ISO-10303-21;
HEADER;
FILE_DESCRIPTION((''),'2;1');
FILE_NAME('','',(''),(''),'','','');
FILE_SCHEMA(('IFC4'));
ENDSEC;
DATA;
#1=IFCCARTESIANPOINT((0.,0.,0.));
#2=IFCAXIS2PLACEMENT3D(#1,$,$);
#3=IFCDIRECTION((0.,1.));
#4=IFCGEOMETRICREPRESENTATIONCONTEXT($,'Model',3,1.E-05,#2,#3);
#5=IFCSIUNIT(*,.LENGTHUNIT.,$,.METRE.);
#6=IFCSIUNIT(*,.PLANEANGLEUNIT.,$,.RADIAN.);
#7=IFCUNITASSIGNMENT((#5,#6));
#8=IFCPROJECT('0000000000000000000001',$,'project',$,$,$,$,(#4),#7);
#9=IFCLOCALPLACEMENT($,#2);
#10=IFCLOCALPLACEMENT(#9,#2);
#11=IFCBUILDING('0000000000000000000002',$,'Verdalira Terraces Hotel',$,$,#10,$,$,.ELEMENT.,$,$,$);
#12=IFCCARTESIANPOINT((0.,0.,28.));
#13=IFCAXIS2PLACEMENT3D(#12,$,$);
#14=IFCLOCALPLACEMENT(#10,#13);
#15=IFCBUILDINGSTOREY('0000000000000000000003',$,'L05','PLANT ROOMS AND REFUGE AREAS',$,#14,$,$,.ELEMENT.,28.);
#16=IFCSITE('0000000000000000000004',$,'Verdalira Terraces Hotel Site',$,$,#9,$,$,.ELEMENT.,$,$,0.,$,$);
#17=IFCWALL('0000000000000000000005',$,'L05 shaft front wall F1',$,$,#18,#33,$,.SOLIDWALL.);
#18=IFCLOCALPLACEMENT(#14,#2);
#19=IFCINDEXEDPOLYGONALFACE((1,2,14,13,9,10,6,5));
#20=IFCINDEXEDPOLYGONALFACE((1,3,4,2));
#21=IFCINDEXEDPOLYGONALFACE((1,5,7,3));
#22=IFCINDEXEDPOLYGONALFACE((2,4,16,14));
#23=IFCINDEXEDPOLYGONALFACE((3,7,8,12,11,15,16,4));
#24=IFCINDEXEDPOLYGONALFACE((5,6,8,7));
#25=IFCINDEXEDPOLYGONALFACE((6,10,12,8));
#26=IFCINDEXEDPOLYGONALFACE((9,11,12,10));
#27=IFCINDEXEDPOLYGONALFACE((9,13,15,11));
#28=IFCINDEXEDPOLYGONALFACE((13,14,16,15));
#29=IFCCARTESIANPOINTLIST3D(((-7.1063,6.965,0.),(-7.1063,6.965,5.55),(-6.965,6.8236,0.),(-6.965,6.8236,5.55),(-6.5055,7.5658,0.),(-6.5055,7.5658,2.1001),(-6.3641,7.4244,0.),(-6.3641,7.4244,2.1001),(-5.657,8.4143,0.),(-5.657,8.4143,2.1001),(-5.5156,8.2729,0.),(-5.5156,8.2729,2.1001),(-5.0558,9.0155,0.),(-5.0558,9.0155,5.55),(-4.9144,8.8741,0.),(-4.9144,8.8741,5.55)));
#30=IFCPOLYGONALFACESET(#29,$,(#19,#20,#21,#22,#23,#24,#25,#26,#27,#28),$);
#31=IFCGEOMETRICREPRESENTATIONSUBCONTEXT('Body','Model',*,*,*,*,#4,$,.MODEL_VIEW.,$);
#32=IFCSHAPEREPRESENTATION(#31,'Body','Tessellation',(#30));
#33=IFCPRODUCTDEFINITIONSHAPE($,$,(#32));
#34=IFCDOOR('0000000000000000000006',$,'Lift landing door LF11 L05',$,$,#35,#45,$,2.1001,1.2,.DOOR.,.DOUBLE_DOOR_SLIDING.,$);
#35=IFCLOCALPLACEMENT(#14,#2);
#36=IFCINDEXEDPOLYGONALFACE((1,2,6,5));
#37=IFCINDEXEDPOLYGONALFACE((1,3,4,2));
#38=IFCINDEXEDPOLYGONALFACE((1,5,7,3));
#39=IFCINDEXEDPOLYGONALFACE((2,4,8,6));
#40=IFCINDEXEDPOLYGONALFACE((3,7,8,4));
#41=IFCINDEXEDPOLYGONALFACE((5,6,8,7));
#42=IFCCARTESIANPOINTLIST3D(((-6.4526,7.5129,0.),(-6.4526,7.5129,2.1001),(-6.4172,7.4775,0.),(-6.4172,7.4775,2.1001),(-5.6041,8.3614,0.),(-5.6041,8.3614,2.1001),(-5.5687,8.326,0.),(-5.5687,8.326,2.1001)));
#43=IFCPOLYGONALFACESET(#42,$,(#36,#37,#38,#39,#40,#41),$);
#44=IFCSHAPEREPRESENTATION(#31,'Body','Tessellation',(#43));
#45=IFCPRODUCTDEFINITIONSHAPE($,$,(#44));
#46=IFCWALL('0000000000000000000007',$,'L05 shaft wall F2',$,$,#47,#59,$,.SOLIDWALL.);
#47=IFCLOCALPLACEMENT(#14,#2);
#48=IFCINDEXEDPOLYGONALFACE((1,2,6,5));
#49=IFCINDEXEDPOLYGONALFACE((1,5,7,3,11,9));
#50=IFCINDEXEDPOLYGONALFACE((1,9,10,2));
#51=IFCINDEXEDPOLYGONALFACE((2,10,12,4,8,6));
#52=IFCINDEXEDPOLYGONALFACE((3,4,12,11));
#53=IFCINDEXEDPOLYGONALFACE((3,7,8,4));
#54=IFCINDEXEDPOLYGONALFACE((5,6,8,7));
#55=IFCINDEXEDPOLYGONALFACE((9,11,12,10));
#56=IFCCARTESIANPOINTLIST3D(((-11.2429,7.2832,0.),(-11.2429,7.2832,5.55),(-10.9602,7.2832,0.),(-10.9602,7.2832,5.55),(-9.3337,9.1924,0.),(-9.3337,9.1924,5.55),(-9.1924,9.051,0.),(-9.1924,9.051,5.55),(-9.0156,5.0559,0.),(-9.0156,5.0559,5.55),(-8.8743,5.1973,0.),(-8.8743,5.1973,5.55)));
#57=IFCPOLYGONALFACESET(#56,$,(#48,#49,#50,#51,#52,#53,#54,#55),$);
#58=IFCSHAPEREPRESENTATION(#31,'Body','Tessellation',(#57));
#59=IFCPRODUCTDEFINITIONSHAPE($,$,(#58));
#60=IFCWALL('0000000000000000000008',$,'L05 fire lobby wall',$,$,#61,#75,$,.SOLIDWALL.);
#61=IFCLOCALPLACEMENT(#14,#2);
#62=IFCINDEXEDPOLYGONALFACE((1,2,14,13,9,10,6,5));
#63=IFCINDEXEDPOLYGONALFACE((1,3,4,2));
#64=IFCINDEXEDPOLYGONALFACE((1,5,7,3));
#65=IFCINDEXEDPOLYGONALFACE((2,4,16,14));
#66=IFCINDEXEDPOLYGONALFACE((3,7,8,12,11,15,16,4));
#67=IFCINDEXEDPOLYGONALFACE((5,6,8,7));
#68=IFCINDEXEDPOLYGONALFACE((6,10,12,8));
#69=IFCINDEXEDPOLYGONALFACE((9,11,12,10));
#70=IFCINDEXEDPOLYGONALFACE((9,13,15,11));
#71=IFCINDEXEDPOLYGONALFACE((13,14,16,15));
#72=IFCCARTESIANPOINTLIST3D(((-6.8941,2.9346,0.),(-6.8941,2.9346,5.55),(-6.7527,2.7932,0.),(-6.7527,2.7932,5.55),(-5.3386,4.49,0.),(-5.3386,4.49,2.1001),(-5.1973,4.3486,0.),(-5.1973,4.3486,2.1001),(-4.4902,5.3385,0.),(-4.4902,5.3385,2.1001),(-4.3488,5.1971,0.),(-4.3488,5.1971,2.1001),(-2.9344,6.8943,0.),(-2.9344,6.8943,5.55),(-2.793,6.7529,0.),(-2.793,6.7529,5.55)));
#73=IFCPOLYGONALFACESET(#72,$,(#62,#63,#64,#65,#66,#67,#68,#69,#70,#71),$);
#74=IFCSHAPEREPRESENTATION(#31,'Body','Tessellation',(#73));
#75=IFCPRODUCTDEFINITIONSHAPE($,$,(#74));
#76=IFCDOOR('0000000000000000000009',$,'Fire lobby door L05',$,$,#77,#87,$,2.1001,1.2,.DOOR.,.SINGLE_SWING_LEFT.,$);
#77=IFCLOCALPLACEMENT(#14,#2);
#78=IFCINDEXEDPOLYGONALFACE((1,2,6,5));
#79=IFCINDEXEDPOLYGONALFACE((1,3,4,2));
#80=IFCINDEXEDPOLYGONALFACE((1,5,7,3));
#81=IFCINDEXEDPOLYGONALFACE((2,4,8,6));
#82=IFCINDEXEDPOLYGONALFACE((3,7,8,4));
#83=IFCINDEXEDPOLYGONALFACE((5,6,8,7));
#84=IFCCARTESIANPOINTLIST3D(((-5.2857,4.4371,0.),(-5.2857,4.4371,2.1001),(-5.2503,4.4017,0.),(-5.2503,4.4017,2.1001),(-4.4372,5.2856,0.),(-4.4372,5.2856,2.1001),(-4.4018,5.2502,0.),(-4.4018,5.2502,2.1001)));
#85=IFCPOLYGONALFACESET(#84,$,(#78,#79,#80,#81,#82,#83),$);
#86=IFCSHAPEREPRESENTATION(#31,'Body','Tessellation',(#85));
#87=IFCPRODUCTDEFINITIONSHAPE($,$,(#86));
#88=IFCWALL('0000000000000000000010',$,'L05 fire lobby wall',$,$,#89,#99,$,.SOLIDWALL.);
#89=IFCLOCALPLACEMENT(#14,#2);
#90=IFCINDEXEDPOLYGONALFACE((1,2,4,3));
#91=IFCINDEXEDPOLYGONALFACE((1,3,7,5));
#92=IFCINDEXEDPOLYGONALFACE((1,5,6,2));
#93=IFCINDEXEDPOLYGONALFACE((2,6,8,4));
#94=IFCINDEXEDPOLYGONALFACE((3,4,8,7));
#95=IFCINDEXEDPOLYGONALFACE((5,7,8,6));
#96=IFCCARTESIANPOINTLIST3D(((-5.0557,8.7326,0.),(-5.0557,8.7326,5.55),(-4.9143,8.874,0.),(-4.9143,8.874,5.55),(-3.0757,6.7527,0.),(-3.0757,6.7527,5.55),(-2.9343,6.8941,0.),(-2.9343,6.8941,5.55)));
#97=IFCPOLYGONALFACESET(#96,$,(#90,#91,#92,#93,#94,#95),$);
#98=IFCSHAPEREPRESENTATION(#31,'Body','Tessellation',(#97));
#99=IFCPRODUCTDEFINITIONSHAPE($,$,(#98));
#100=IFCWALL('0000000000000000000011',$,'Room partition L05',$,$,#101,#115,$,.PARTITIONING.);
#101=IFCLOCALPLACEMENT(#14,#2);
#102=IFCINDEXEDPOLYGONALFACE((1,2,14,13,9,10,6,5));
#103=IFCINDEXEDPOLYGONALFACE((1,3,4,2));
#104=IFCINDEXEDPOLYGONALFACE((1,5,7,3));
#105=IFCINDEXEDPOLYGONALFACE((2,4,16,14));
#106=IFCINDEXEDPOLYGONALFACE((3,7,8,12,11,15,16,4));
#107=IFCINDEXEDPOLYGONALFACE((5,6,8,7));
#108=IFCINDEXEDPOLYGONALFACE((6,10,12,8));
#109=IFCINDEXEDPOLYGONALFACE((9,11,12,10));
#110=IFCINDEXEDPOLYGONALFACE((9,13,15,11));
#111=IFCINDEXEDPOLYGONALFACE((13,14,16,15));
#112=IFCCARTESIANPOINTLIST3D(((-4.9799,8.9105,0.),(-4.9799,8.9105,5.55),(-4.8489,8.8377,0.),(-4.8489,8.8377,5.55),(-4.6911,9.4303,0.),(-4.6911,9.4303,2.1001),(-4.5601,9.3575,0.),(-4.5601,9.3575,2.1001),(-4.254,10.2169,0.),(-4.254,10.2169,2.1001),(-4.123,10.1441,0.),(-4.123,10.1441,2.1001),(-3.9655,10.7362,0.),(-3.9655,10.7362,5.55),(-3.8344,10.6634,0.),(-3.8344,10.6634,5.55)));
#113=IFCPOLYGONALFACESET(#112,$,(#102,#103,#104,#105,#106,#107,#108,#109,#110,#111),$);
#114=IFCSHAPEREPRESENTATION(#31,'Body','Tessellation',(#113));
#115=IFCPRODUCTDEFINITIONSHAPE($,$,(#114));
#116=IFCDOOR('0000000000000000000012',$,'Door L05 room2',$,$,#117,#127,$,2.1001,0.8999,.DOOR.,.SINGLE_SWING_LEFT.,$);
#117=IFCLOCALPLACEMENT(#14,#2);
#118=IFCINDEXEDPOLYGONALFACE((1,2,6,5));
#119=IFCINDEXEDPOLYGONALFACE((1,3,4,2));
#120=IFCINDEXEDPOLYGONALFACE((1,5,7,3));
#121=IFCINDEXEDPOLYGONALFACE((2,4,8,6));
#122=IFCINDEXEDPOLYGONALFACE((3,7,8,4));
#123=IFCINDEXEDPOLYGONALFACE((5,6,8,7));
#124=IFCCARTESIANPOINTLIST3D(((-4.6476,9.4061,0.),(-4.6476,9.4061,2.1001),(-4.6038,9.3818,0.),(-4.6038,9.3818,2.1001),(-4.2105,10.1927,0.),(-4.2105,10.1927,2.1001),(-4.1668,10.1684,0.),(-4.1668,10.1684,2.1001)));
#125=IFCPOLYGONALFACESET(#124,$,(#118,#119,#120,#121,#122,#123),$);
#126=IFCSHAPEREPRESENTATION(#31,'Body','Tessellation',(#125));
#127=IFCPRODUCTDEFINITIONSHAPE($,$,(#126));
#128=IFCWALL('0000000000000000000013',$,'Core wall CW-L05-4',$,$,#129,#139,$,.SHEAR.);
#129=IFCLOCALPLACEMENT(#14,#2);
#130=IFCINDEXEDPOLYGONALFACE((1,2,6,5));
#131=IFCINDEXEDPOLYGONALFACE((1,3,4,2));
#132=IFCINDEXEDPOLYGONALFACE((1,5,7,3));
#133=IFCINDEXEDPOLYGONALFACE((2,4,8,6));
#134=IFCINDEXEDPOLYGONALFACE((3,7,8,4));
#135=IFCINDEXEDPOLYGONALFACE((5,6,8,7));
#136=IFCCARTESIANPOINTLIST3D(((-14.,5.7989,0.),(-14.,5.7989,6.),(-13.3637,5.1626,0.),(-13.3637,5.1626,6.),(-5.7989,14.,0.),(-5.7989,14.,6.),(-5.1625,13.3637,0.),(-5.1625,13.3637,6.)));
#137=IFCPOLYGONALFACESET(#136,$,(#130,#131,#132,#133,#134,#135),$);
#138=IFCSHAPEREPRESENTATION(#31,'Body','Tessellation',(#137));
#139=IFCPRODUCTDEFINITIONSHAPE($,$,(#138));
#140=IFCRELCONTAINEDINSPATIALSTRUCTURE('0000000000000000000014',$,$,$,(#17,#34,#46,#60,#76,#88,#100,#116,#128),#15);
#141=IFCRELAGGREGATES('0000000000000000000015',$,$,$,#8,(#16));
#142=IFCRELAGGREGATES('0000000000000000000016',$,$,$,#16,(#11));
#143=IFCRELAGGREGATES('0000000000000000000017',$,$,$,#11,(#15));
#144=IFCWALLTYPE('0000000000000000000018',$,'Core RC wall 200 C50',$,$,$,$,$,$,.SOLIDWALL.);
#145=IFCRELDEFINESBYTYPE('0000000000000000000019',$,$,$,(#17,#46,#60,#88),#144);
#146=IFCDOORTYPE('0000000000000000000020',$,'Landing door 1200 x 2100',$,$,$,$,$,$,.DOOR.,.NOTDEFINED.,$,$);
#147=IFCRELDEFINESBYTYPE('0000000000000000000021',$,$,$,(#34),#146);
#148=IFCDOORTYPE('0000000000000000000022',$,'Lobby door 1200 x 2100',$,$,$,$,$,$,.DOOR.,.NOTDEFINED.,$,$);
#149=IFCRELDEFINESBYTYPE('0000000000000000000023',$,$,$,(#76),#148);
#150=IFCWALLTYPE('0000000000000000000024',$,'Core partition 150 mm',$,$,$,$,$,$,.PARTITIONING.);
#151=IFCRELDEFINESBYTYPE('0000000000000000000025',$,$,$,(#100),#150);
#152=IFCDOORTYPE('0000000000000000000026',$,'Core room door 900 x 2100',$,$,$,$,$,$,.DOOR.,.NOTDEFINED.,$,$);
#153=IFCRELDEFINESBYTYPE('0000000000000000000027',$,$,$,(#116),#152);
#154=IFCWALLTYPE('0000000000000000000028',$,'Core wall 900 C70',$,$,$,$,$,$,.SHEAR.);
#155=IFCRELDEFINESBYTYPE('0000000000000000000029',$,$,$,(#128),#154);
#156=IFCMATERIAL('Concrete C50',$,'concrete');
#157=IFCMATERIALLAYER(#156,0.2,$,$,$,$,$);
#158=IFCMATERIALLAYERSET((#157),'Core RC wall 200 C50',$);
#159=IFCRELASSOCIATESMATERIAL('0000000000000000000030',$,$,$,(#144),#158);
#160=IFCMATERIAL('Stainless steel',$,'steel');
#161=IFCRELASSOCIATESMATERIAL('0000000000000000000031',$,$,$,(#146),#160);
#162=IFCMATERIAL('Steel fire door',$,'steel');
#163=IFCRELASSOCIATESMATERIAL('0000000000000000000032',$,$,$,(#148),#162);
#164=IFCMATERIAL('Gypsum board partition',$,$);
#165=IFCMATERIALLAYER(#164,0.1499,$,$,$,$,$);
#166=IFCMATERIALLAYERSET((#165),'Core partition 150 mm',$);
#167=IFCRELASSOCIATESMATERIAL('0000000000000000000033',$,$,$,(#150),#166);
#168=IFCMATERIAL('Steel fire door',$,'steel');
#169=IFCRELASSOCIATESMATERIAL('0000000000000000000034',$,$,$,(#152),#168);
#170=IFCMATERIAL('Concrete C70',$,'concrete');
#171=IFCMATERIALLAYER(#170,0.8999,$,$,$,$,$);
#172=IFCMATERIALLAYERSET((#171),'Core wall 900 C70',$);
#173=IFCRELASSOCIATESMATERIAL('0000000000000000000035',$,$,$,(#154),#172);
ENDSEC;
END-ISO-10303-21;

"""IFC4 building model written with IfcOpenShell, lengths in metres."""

from ifc_helpers import new_model, si_unit, direction, frame, frame_2d, origin, place, context, subcontext, project, spatial, polyline, rectangle, outline, extrude, material, layer, layer_set, type_object, element, fill, save


model = new_model("IFC4")

# Units and contexts
model_context = context("Model", 3, precision=1e-05, world=origin(), true_north=direction((0.0, 1.0)))
body_context = subcontext(model_context, "Body", "Model", "MODEL_VIEW")
ifc_project = project(units=[si_unit("LENGTHUNIT", "METRE"), si_unit("PLANEANGLEUNIT", "RADIAN")], contexts=[model_context])

# Site, building, storey
site_placement = place(None, origin())
site = spatial("IfcSite", under=ifc_project, at=site_placement, Name="Verdalira Terraces Hotel Site", CompositionType="ELEMENT", RefElevation=0.0)
building_placement = place(site_placement, origin())
building = spatial("IfcBuilding", under=site, at=building_placement, Name="Verdalira Terraces Hotel", CompositionType="ELEMENT")
storey_placement = place(building_placement, frame((0.0, 0.0, 28.0)))
storey = spatial("IfcBuildingStorey", under=building, at=storey_placement, Name="L05", Description="PLANT ROOMS AND REFUGE AREAS", CompositionType="ELEMENT", Elevation=28.0)

# Shared definitions
ifc_material_1 = material(Name="Concrete C50", Category="concrete")
ifc_layer_1 = layer(ifc_material_1, 0.2)
ifc_layer_set_1 = layer_set([ifc_layer_1], Name="Core RC wall 200 C50")
wall_type_1 = type_object("IfcWallType", Name="Core RC wall 200 C50", PredefinedType="SOLIDWALL", material=ifc_layer_set_1)

# Wall, opening, door
wall_1_placement = place(storey_placement, frame((-4.9851, 8.9448, 0.0), z_axis=(0.0, 0.0, 1.0), x_axis=(-0.707107, -0.707107, 0.0)))
wall_1 = element("IfcWall", 1, at=wall_1_placement, inside=storey, type_object=wall_type_1, Name="L05 shaft front wall F1", PredefinedType="SOLIDWALL", context=body_context, shape_type="SweptSolid", body=[
    extrude(rectangle(XDim=2.8999, YDim=0.2, at=frame_2d((1.45, 0.0))), origin(), (0.0, 0.0, 1.0), 5.55),
])
opening_1_placement = place(wall_1_placement, frame((0.8501, 0.0, 0.0)))
opening_1 = element("IfcOpeningElement", 2, at=opening_1_placement, cuts=wall_1, PredefinedType="OPENING", context=body_context, shape_type="SweptSolid", body=[
    extrude(rectangle(XDim=1.2, YDim=2.1001, at=frame_2d((0.6001, 1.05))), frame((0.0, 0.1099, 0.0), z_axis=(0.0, -1.0, 0.0), x_axis=(1.0, 0.0, 0.0)), (0.0, 0.0, 1.0), 0.22),
])
ifc_material_2 = material(Name="Stainless steel", Category="steel")
door_type_1 = type_object("IfcDoorType", Name="Landing door 1200 x 2100", OperationType="NOTDEFINED", PredefinedType="DOOR", material=ifc_material_2)
door_1_placement = place(opening_1_placement, origin())
door_1 = element("IfcDoor", 3, at=door_1_placement, inside=storey, type_object=door_type_1, Name="Lift landing door LF11 L05", OperationType="DOUBLE_DOOR_SLIDING", OverallHeight=2.1001, OverallWidth=1.2, PredefinedType="DOOR", context=body_context, shape_type="SweptSolid", body=[
    extrude(rectangle(XDim=1.2, YDim=2.1001, at=frame_2d((0.6001, 1.05))), frame((0.0, 0.0249, 0.0), z_axis=(0.0, -1.0, 0.0), x_axis=(1.0, 0.0, 0.0)), (0.0, 0.0, 1.0), 0.05),
])
fill(opening_1, door_1)

# Wall
wall_2_placement = place(storey_placement, origin())
element("IfcWall", 4, at=wall_2_placement, inside=storey, type_object=wall_type_1, Name="L05 shaft wall F2", PredefinedType="SOLIDWALL", context=body_context, shape_type="SweptSolid", body=[
    extrude(outline(polyline([(-11.2429, 7.2832), (-9.3337, 9.1924), (-9.1924, 9.051), (-10.9602, 7.2832), (-8.8743, 5.1973), (-9.0156, 5.0559), (-11.2429, 7.2832)])), origin(), (0.0, 0.0, 1.0), 5.55),
])

# Wall, opening, door
wall_3_placement = place(storey_placement, frame((-2.8638, 6.8235, 0.0), z_axis=(0.0, 0.0, 1.0), x_axis=(-0.707107, -0.707107, 0.0)))
wall_3 = element("IfcWall", 5, at=wall_3_placement, inside=storey, type_object=wall_type_1, Name="L05 fire lobby wall", PredefinedType="SOLIDWALL", context=body_context, shape_type="SweptSolid", body=[
    extrude(rectangle(XDim=5.5999, YDim=0.2, at=frame_2d((2.7998, 0.0))), origin(), (0.0, 0.0, 1.0), 5.55),
])
opening_2_placement = place(wall_3_placement, frame((2.2, 0.0, 0.0)))
opening_2 = element("IfcOpeningElement", 6, at=opening_2_placement, cuts=wall_3, PredefinedType="OPENING", context=body_context, shape_type="SweptSolid", body=[
    extrude(rectangle(XDim=1.2, YDim=2.1001, at=frame_2d((0.6001, 1.05))), frame((0.0, 0.1099, 0.0), z_axis=(0.0, -1.0, 0.0), x_axis=(1.0, 0.0, 0.0)), (0.0, 0.0, 1.0), 0.22),
])
ifc_material_3 = material(Name="Steel fire door", Category="steel")
door_type_2 = type_object("IfcDoorType", Name="Lobby door 1200 x 2100", OperationType="NOTDEFINED", PredefinedType="DOOR", material=ifc_material_3)
door_2_placement = place(opening_2_placement, origin())
door_2 = element("IfcDoor", 7, at=door_2_placement, inside=storey, type_object=door_type_2, Name="Fire lobby door L05", OperationType="SINGLE_SWING_LEFT", OverallHeight=2.1001, OverallWidth=1.2, PredefinedType="DOOR", context=body_context, shape_type="SweptSolid", body=[
    extrude(rectangle(XDim=1.2, YDim=2.1001, at=frame_2d((0.6001, 1.05))), frame((0.0, 0.0249, 0.0), z_axis=(0.0, -1.0, 0.0), x_axis=(1.0, 0.0, 0.0)), (0.0, 0.0, 1.0), 0.05),
])
fill(opening_2, door_2)

# Wall
wall_4_placement = place(storey_placement, frame((-3.0051, 6.8235, 0.0), z_axis=(0.0, 0.0, 1.0), x_axis=(-0.707107, 0.707107, 0.0)))
element("IfcWall", 8, at=wall_4_placement, inside=storey, type_object=wall_type_1, Name="L05 fire lobby wall", PredefinedType="SOLIDWALL", context=body_context, shape_type="SweptSolid", body=[
    extrude(rectangle(XDim=2.8, YDim=0.2, at=frame_2d((1.3999, 0.0))), origin(), (0.0, 0.0, 1.0), 5.55),
])

# Wall, opening, door
ifc_material_4 = material(Name="Gypsum board partition")
ifc_layer_2 = layer(ifc_material_4, 0.1499)
ifc_layer_set_2 = layer_set([ifc_layer_2], Name="Core partition 150 mm")
wall_type_2 = type_object("IfcWallType", Name="Core partition 150 mm", PredefinedType="PARTITIONING", material=ifc_layer_set_2)
wall_5_placement = place(storey_placement, frame((-3.8999, 10.7, 0.0), z_axis=(0.0, 0.0, 1.0), x_axis=(-0.485693, -0.87413, 0.0)))
wall_5 = element("IfcWall", 9, at=wall_5_placement, inside=storey, type_object=wall_type_2, Name="Room partition L05", PredefinedType="PARTITIONING", context=body_context, shape_type="SweptSolid", body=[
    extrude(rectangle(XDim=2.0886, YDim=0.1499, at=frame_2d((1.0444, 0.0))), origin(), (0.0, 0.0, 1.0), 5.55),
])
opening_3_placement = place(wall_5_placement, frame((0.5942, 0.0, 0.0)))
opening_3 = element("IfcOpeningElement", 10, at=opening_3_placement, cuts=wall_5, PredefinedType="OPENING", context=body_context, shape_type="SweptSolid", body=[
    extrude(rectangle(XDim=0.8999, YDim=2.1001, at=frame_2d((0.45, 1.05))), frame((0.0, 0.085, 0.0), z_axis=(0.0, -1.0, 0.0), x_axis=(1.0, 0.0, 0.0)), (0.0, 0.0, 1.0), 0.1699),
])
ifc_material_5 = material(Name="Steel fire door", Category="steel")
door_type_3 = type_object("IfcDoorType", Name="Core room door 900 x 2100", OperationType="NOTDEFINED", PredefinedType="DOOR", material=ifc_material_5)
door_3_placement = place(opening_3_placement, origin())
door_3 = element("IfcDoor", 11, at=door_3_placement, inside=storey, type_object=door_type_3, Name="Door L05 room2", OperationType="SINGLE_SWING_LEFT", OverallHeight=2.1001, OverallWidth=0.8999, PredefinedType="DOOR", context=body_context, shape_type="SweptSolid", body=[
    extrude(rectangle(XDim=0.8999, YDim=2.1001, at=frame_2d((0.45, 1.05))), frame((0.0, 0.0249, 0.0), z_axis=(0.0, -1.0, 0.0), x_axis=(1.0, 0.0, 0.0)), (0.0, 0.0, 1.0), 0.05),
])
fill(opening_3, door_3)

# Wall
ifc_material_6 = material(Name="Concrete C70", Category="concrete")
ifc_layer_3 = layer(ifc_material_6, 0.8999)
ifc_layer_set_3 = layer_set([ifc_layer_3], Name="Core wall 900 C70")
wall_type_3 = type_object("IfcWallType", Name="Core wall 900 C70", PredefinedType="SHEAR", material=ifc_layer_set_3)
wall_6_placement = place(storey_placement, frame((-5.4807, 13.6819, 0.0), z_axis=(0.0, 0.0, 1.0), x_axis=(-0.707107, -0.707107, 0.0)))
element("IfcWall", 12, at=wall_6_placement, inside=storey, type_object=wall_type_3, Name="Core wall CW-L05-4", PredefinedType="SHEAR", context=body_context, shape_type="SweptSolid", body=[
    extrude(rectangle(XDim=11.5981, YDim=0.8999, at=frame_2d((5.7991, 0.0))), origin(), (0.0, 0.0, 1.0), 6.0),
])

save(model, "model.ifc")
